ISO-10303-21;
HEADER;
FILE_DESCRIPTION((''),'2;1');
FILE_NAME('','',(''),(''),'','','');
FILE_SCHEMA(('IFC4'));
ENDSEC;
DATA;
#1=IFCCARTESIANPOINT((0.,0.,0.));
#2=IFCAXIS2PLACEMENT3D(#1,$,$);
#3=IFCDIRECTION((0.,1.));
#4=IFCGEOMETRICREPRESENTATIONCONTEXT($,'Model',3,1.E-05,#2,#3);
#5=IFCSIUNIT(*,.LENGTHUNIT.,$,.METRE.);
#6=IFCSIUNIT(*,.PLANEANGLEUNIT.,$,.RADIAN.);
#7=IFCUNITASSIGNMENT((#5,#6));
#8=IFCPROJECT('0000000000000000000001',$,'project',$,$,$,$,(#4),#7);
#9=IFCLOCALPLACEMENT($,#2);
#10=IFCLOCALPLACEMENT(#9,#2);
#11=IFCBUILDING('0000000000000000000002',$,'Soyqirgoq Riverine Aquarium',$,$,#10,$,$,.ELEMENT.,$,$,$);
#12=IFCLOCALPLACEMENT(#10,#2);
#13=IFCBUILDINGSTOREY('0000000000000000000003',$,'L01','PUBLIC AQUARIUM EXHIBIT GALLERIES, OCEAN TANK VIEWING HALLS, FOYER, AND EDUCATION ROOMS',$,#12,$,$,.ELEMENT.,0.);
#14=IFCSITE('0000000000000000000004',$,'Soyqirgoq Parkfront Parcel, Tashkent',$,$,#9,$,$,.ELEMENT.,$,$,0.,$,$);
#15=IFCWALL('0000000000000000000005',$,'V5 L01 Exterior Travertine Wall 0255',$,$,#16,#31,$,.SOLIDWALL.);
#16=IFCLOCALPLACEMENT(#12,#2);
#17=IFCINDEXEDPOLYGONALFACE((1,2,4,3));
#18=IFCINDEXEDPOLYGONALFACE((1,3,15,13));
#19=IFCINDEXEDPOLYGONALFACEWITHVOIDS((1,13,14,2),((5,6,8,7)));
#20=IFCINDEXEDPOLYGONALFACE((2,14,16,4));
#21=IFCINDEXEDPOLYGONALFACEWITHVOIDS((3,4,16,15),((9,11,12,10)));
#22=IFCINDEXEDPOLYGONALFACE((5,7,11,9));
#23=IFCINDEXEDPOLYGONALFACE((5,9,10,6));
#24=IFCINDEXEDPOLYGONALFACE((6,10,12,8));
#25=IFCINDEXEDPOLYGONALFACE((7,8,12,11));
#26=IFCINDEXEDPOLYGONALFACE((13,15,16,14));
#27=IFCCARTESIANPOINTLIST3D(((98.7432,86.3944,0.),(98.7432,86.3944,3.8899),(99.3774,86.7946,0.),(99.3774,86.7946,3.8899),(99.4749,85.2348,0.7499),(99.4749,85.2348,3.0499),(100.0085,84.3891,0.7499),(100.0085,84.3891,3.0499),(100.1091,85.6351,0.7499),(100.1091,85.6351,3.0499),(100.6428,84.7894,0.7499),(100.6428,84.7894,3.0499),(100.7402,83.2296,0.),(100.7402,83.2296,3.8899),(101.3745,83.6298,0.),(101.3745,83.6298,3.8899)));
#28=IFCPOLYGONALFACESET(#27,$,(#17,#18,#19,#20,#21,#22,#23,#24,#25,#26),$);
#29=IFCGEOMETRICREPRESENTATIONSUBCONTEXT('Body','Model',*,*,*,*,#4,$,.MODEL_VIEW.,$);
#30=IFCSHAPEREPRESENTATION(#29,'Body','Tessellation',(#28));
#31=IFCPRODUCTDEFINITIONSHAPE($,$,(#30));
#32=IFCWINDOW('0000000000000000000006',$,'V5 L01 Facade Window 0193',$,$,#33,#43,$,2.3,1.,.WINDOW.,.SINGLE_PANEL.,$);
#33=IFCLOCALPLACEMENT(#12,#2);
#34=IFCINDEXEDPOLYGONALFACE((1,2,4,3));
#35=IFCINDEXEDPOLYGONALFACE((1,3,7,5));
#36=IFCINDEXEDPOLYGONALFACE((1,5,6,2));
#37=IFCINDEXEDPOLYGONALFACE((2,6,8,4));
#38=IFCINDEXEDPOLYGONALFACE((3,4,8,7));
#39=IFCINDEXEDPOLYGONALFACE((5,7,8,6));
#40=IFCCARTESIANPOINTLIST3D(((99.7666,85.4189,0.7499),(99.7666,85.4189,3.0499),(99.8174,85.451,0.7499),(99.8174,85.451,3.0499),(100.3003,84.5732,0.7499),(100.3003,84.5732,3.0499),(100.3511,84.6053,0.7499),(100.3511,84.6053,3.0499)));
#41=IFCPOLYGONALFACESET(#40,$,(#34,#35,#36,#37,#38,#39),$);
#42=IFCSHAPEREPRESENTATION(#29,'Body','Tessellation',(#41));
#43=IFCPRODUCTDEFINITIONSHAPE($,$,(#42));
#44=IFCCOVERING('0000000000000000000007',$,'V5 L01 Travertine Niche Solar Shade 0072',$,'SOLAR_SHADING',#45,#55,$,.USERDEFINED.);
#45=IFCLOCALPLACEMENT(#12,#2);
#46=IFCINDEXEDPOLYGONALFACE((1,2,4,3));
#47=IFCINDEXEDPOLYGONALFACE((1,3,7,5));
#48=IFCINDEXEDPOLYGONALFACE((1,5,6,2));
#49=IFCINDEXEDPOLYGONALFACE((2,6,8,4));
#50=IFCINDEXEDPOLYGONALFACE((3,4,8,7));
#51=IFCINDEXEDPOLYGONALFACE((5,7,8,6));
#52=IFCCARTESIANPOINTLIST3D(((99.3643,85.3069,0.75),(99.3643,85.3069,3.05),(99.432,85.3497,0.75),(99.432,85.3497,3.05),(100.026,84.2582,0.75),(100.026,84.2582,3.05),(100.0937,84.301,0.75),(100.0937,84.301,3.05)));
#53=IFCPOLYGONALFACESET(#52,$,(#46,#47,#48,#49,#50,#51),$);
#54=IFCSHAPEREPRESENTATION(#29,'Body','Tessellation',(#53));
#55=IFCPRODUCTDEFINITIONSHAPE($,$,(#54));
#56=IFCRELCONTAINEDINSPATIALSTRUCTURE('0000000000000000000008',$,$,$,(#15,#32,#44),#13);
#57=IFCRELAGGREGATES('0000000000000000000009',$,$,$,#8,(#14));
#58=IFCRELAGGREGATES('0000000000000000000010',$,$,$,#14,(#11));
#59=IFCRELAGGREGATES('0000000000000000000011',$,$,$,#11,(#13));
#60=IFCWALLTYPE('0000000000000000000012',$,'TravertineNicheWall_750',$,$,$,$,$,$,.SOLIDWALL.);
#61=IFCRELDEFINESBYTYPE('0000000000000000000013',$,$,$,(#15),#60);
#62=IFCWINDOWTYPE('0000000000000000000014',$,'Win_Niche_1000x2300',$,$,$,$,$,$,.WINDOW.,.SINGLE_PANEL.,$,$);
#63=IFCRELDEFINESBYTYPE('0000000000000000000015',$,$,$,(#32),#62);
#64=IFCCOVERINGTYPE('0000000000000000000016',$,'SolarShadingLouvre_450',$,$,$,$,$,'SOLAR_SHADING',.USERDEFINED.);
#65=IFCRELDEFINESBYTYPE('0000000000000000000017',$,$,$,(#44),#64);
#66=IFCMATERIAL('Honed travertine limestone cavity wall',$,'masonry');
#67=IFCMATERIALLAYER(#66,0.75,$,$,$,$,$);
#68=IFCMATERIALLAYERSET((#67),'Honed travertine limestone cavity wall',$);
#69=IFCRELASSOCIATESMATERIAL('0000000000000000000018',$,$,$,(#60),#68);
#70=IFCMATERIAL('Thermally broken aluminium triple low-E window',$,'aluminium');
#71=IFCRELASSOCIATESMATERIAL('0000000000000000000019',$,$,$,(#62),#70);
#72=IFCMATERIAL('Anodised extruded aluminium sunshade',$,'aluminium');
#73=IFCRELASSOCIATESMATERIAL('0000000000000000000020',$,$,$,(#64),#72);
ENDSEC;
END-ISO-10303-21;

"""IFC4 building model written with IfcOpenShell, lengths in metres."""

from ifc_helpers import new_model, si_unit, direction, frame, frame_2d, origin, origin_2d, place, context, subcontext, project, spatial, rectangle, extrude, material, layer, layer_set, type_object, element, fill, save


model = new_model("IFC4")

# Units and contexts
model_context = context("Model", 3, precision=1e-05, world=origin(), true_north=direction((0.0, 1.0)))
body_context = subcontext(model_context, "Body", "Model", "MODEL_VIEW")
ifc_project = project(units=[si_unit("LENGTHUNIT", "METRE"), si_unit("PLANEANGLEUNIT", "RADIAN")], contexts=[model_context])

# Site, building, storey
site_placement = place(None, origin())
site = spatial("IfcSite", under=ifc_project, at=site_placement, Name="Soyqirgoq Parkfront Parcel, Tashkent", CompositionType="ELEMENT", RefElevation=0.0)
building_placement = place(site_placement, origin())
building = spatial("IfcBuilding", under=site, at=building_placement, Name="Soyqirgoq Riverine Aquarium", CompositionType="ELEMENT")
storey_placement = place(building_placement, origin())
storey = spatial("IfcBuildingStorey", under=building, at=storey_placement, Name="L01", Description="PUBLIC AQUARIUM EXHIBIT GALLERIES, OCEAN TANK VIEWING HALLS, FOYER, AND EDUCATION ROOMS", CompositionType="ELEMENT", Elevation=0.0)

# Wall, opening, window
ifc_material_1 = material(Name="Honed travertine limestone cavity wall", Category="masonry")
ifc_layer_1 = layer(ifc_material_1, 0.75)
ifc_layer_set_1 = layer_set([ifc_layer_1], Name="Honed travertine limestone cavity wall")
wall_type_1 = type_object("IfcWallType", Name="TravertineNicheWall_750", PredefinedType="SOLIDWALL", material=ifc_layer_set_1)
wall_1_placement = place(storey_placement, frame((99.0603, 86.5945, 0.0), z_axis=(0.0, 0.0, 1.0), x_axis=(0.533659, -0.8457, 0.0)))
wall_1 = element("IfcWall", 1, at=wall_1_placement, inside=storey, type_object=wall_type_1, Name="V5 L01 Exterior Travertine Wall 0255", PredefinedType="SOLIDWALL", context=body_context, shape_type="SweptSolid", body=[
    extrude(rectangle(XDim=3.7422, YDim=0.75, at=frame_2d((1.8711, 0.0))), origin(), (0.0, 0.0, 1.0), 3.8899),
])
opening_1_placement = place(wall_1_placement, frame((1.3711, 0.0, 0.75)))
opening_1 = element("IfcOpeningElement", 2, at=opening_1_placement, cuts=wall_1, PredefinedType="OPENING", context=body_context, shape_type="SweptSolid", body=[
    extrude(rectangle(XDim=1.0, YDim=2.3, at=frame_2d((0.5, 1.1499))), frame((0.0, 0.385, 0.0), z_axis=(0.0, -1.0, 0.0), x_axis=(1.0, 0.0, 0.0)), (0.0, 0.0, 1.0), 0.77),
])
ifc_material_2 = material(Name="Thermally broken aluminium triple low-E window", Category="aluminium")
window_type_1 = type_object("IfcWindowType", Name="Win_Niche_1000x2300", PartitioningType="SINGLE_PANEL", PredefinedType="WINDOW", material=ifc_material_2)
window_1_placement = place(opening_1_placement, origin())
window_1 = element("IfcWindow", 3, at=window_1_placement, inside=storey, type_object=window_type_1, Name="V5 L01 Facade Window 0193", OverallHeight=2.3, OverallWidth=1.0, PartitioningType="SINGLE_PANEL", PredefinedType="WINDOW", context=body_context, shape_type="SweptSolid", body=[
    extrude(rectangle(XDim=1.0, YDim=2.3, at=frame_2d((0.5, 1.1499))), frame((0.0, 0.03, 0.0), z_axis=(0.0, -1.0, 0.0), x_axis=(1.0, 0.0, 0.0)), (0.0, 0.0, 1.0), 0.0601),
])
fill(opening_1, window_1)

# Covering
ifc_material_3 = material(Name="Anodised extruded aluminium sunshade", Category="aluminium")
covering_type = type_object("IfcCoveringType", Name="SolarShadingLouvre_450", ElementType="SOLAR_SHADING", PredefinedType="USERDEFINED", material=ifc_material_3)
covering_placement = place(storey_placement, frame((99.729, 84.804, 0.75), z_axis=(0.0, 0.0, 1.0), x_axis=(0.533615, -0.845728, 0.0)))
element("IfcCovering", 4, at=covering_placement, inside=storey, type_object=covering_type, Name="V5 L01 Travertine Niche Solar Shade 0072", ObjectType="SOLAR_SHADING", PredefinedType="USERDEFINED", context=body_context, shape_type="SweptSolid", body=[
    extrude(rectangle(XDim=1.24, YDim=0.0801, at=origin_2d()), origin(), (0.0, 0.0, 1.0), 2.3),
])

save(model, "model.ifc")
